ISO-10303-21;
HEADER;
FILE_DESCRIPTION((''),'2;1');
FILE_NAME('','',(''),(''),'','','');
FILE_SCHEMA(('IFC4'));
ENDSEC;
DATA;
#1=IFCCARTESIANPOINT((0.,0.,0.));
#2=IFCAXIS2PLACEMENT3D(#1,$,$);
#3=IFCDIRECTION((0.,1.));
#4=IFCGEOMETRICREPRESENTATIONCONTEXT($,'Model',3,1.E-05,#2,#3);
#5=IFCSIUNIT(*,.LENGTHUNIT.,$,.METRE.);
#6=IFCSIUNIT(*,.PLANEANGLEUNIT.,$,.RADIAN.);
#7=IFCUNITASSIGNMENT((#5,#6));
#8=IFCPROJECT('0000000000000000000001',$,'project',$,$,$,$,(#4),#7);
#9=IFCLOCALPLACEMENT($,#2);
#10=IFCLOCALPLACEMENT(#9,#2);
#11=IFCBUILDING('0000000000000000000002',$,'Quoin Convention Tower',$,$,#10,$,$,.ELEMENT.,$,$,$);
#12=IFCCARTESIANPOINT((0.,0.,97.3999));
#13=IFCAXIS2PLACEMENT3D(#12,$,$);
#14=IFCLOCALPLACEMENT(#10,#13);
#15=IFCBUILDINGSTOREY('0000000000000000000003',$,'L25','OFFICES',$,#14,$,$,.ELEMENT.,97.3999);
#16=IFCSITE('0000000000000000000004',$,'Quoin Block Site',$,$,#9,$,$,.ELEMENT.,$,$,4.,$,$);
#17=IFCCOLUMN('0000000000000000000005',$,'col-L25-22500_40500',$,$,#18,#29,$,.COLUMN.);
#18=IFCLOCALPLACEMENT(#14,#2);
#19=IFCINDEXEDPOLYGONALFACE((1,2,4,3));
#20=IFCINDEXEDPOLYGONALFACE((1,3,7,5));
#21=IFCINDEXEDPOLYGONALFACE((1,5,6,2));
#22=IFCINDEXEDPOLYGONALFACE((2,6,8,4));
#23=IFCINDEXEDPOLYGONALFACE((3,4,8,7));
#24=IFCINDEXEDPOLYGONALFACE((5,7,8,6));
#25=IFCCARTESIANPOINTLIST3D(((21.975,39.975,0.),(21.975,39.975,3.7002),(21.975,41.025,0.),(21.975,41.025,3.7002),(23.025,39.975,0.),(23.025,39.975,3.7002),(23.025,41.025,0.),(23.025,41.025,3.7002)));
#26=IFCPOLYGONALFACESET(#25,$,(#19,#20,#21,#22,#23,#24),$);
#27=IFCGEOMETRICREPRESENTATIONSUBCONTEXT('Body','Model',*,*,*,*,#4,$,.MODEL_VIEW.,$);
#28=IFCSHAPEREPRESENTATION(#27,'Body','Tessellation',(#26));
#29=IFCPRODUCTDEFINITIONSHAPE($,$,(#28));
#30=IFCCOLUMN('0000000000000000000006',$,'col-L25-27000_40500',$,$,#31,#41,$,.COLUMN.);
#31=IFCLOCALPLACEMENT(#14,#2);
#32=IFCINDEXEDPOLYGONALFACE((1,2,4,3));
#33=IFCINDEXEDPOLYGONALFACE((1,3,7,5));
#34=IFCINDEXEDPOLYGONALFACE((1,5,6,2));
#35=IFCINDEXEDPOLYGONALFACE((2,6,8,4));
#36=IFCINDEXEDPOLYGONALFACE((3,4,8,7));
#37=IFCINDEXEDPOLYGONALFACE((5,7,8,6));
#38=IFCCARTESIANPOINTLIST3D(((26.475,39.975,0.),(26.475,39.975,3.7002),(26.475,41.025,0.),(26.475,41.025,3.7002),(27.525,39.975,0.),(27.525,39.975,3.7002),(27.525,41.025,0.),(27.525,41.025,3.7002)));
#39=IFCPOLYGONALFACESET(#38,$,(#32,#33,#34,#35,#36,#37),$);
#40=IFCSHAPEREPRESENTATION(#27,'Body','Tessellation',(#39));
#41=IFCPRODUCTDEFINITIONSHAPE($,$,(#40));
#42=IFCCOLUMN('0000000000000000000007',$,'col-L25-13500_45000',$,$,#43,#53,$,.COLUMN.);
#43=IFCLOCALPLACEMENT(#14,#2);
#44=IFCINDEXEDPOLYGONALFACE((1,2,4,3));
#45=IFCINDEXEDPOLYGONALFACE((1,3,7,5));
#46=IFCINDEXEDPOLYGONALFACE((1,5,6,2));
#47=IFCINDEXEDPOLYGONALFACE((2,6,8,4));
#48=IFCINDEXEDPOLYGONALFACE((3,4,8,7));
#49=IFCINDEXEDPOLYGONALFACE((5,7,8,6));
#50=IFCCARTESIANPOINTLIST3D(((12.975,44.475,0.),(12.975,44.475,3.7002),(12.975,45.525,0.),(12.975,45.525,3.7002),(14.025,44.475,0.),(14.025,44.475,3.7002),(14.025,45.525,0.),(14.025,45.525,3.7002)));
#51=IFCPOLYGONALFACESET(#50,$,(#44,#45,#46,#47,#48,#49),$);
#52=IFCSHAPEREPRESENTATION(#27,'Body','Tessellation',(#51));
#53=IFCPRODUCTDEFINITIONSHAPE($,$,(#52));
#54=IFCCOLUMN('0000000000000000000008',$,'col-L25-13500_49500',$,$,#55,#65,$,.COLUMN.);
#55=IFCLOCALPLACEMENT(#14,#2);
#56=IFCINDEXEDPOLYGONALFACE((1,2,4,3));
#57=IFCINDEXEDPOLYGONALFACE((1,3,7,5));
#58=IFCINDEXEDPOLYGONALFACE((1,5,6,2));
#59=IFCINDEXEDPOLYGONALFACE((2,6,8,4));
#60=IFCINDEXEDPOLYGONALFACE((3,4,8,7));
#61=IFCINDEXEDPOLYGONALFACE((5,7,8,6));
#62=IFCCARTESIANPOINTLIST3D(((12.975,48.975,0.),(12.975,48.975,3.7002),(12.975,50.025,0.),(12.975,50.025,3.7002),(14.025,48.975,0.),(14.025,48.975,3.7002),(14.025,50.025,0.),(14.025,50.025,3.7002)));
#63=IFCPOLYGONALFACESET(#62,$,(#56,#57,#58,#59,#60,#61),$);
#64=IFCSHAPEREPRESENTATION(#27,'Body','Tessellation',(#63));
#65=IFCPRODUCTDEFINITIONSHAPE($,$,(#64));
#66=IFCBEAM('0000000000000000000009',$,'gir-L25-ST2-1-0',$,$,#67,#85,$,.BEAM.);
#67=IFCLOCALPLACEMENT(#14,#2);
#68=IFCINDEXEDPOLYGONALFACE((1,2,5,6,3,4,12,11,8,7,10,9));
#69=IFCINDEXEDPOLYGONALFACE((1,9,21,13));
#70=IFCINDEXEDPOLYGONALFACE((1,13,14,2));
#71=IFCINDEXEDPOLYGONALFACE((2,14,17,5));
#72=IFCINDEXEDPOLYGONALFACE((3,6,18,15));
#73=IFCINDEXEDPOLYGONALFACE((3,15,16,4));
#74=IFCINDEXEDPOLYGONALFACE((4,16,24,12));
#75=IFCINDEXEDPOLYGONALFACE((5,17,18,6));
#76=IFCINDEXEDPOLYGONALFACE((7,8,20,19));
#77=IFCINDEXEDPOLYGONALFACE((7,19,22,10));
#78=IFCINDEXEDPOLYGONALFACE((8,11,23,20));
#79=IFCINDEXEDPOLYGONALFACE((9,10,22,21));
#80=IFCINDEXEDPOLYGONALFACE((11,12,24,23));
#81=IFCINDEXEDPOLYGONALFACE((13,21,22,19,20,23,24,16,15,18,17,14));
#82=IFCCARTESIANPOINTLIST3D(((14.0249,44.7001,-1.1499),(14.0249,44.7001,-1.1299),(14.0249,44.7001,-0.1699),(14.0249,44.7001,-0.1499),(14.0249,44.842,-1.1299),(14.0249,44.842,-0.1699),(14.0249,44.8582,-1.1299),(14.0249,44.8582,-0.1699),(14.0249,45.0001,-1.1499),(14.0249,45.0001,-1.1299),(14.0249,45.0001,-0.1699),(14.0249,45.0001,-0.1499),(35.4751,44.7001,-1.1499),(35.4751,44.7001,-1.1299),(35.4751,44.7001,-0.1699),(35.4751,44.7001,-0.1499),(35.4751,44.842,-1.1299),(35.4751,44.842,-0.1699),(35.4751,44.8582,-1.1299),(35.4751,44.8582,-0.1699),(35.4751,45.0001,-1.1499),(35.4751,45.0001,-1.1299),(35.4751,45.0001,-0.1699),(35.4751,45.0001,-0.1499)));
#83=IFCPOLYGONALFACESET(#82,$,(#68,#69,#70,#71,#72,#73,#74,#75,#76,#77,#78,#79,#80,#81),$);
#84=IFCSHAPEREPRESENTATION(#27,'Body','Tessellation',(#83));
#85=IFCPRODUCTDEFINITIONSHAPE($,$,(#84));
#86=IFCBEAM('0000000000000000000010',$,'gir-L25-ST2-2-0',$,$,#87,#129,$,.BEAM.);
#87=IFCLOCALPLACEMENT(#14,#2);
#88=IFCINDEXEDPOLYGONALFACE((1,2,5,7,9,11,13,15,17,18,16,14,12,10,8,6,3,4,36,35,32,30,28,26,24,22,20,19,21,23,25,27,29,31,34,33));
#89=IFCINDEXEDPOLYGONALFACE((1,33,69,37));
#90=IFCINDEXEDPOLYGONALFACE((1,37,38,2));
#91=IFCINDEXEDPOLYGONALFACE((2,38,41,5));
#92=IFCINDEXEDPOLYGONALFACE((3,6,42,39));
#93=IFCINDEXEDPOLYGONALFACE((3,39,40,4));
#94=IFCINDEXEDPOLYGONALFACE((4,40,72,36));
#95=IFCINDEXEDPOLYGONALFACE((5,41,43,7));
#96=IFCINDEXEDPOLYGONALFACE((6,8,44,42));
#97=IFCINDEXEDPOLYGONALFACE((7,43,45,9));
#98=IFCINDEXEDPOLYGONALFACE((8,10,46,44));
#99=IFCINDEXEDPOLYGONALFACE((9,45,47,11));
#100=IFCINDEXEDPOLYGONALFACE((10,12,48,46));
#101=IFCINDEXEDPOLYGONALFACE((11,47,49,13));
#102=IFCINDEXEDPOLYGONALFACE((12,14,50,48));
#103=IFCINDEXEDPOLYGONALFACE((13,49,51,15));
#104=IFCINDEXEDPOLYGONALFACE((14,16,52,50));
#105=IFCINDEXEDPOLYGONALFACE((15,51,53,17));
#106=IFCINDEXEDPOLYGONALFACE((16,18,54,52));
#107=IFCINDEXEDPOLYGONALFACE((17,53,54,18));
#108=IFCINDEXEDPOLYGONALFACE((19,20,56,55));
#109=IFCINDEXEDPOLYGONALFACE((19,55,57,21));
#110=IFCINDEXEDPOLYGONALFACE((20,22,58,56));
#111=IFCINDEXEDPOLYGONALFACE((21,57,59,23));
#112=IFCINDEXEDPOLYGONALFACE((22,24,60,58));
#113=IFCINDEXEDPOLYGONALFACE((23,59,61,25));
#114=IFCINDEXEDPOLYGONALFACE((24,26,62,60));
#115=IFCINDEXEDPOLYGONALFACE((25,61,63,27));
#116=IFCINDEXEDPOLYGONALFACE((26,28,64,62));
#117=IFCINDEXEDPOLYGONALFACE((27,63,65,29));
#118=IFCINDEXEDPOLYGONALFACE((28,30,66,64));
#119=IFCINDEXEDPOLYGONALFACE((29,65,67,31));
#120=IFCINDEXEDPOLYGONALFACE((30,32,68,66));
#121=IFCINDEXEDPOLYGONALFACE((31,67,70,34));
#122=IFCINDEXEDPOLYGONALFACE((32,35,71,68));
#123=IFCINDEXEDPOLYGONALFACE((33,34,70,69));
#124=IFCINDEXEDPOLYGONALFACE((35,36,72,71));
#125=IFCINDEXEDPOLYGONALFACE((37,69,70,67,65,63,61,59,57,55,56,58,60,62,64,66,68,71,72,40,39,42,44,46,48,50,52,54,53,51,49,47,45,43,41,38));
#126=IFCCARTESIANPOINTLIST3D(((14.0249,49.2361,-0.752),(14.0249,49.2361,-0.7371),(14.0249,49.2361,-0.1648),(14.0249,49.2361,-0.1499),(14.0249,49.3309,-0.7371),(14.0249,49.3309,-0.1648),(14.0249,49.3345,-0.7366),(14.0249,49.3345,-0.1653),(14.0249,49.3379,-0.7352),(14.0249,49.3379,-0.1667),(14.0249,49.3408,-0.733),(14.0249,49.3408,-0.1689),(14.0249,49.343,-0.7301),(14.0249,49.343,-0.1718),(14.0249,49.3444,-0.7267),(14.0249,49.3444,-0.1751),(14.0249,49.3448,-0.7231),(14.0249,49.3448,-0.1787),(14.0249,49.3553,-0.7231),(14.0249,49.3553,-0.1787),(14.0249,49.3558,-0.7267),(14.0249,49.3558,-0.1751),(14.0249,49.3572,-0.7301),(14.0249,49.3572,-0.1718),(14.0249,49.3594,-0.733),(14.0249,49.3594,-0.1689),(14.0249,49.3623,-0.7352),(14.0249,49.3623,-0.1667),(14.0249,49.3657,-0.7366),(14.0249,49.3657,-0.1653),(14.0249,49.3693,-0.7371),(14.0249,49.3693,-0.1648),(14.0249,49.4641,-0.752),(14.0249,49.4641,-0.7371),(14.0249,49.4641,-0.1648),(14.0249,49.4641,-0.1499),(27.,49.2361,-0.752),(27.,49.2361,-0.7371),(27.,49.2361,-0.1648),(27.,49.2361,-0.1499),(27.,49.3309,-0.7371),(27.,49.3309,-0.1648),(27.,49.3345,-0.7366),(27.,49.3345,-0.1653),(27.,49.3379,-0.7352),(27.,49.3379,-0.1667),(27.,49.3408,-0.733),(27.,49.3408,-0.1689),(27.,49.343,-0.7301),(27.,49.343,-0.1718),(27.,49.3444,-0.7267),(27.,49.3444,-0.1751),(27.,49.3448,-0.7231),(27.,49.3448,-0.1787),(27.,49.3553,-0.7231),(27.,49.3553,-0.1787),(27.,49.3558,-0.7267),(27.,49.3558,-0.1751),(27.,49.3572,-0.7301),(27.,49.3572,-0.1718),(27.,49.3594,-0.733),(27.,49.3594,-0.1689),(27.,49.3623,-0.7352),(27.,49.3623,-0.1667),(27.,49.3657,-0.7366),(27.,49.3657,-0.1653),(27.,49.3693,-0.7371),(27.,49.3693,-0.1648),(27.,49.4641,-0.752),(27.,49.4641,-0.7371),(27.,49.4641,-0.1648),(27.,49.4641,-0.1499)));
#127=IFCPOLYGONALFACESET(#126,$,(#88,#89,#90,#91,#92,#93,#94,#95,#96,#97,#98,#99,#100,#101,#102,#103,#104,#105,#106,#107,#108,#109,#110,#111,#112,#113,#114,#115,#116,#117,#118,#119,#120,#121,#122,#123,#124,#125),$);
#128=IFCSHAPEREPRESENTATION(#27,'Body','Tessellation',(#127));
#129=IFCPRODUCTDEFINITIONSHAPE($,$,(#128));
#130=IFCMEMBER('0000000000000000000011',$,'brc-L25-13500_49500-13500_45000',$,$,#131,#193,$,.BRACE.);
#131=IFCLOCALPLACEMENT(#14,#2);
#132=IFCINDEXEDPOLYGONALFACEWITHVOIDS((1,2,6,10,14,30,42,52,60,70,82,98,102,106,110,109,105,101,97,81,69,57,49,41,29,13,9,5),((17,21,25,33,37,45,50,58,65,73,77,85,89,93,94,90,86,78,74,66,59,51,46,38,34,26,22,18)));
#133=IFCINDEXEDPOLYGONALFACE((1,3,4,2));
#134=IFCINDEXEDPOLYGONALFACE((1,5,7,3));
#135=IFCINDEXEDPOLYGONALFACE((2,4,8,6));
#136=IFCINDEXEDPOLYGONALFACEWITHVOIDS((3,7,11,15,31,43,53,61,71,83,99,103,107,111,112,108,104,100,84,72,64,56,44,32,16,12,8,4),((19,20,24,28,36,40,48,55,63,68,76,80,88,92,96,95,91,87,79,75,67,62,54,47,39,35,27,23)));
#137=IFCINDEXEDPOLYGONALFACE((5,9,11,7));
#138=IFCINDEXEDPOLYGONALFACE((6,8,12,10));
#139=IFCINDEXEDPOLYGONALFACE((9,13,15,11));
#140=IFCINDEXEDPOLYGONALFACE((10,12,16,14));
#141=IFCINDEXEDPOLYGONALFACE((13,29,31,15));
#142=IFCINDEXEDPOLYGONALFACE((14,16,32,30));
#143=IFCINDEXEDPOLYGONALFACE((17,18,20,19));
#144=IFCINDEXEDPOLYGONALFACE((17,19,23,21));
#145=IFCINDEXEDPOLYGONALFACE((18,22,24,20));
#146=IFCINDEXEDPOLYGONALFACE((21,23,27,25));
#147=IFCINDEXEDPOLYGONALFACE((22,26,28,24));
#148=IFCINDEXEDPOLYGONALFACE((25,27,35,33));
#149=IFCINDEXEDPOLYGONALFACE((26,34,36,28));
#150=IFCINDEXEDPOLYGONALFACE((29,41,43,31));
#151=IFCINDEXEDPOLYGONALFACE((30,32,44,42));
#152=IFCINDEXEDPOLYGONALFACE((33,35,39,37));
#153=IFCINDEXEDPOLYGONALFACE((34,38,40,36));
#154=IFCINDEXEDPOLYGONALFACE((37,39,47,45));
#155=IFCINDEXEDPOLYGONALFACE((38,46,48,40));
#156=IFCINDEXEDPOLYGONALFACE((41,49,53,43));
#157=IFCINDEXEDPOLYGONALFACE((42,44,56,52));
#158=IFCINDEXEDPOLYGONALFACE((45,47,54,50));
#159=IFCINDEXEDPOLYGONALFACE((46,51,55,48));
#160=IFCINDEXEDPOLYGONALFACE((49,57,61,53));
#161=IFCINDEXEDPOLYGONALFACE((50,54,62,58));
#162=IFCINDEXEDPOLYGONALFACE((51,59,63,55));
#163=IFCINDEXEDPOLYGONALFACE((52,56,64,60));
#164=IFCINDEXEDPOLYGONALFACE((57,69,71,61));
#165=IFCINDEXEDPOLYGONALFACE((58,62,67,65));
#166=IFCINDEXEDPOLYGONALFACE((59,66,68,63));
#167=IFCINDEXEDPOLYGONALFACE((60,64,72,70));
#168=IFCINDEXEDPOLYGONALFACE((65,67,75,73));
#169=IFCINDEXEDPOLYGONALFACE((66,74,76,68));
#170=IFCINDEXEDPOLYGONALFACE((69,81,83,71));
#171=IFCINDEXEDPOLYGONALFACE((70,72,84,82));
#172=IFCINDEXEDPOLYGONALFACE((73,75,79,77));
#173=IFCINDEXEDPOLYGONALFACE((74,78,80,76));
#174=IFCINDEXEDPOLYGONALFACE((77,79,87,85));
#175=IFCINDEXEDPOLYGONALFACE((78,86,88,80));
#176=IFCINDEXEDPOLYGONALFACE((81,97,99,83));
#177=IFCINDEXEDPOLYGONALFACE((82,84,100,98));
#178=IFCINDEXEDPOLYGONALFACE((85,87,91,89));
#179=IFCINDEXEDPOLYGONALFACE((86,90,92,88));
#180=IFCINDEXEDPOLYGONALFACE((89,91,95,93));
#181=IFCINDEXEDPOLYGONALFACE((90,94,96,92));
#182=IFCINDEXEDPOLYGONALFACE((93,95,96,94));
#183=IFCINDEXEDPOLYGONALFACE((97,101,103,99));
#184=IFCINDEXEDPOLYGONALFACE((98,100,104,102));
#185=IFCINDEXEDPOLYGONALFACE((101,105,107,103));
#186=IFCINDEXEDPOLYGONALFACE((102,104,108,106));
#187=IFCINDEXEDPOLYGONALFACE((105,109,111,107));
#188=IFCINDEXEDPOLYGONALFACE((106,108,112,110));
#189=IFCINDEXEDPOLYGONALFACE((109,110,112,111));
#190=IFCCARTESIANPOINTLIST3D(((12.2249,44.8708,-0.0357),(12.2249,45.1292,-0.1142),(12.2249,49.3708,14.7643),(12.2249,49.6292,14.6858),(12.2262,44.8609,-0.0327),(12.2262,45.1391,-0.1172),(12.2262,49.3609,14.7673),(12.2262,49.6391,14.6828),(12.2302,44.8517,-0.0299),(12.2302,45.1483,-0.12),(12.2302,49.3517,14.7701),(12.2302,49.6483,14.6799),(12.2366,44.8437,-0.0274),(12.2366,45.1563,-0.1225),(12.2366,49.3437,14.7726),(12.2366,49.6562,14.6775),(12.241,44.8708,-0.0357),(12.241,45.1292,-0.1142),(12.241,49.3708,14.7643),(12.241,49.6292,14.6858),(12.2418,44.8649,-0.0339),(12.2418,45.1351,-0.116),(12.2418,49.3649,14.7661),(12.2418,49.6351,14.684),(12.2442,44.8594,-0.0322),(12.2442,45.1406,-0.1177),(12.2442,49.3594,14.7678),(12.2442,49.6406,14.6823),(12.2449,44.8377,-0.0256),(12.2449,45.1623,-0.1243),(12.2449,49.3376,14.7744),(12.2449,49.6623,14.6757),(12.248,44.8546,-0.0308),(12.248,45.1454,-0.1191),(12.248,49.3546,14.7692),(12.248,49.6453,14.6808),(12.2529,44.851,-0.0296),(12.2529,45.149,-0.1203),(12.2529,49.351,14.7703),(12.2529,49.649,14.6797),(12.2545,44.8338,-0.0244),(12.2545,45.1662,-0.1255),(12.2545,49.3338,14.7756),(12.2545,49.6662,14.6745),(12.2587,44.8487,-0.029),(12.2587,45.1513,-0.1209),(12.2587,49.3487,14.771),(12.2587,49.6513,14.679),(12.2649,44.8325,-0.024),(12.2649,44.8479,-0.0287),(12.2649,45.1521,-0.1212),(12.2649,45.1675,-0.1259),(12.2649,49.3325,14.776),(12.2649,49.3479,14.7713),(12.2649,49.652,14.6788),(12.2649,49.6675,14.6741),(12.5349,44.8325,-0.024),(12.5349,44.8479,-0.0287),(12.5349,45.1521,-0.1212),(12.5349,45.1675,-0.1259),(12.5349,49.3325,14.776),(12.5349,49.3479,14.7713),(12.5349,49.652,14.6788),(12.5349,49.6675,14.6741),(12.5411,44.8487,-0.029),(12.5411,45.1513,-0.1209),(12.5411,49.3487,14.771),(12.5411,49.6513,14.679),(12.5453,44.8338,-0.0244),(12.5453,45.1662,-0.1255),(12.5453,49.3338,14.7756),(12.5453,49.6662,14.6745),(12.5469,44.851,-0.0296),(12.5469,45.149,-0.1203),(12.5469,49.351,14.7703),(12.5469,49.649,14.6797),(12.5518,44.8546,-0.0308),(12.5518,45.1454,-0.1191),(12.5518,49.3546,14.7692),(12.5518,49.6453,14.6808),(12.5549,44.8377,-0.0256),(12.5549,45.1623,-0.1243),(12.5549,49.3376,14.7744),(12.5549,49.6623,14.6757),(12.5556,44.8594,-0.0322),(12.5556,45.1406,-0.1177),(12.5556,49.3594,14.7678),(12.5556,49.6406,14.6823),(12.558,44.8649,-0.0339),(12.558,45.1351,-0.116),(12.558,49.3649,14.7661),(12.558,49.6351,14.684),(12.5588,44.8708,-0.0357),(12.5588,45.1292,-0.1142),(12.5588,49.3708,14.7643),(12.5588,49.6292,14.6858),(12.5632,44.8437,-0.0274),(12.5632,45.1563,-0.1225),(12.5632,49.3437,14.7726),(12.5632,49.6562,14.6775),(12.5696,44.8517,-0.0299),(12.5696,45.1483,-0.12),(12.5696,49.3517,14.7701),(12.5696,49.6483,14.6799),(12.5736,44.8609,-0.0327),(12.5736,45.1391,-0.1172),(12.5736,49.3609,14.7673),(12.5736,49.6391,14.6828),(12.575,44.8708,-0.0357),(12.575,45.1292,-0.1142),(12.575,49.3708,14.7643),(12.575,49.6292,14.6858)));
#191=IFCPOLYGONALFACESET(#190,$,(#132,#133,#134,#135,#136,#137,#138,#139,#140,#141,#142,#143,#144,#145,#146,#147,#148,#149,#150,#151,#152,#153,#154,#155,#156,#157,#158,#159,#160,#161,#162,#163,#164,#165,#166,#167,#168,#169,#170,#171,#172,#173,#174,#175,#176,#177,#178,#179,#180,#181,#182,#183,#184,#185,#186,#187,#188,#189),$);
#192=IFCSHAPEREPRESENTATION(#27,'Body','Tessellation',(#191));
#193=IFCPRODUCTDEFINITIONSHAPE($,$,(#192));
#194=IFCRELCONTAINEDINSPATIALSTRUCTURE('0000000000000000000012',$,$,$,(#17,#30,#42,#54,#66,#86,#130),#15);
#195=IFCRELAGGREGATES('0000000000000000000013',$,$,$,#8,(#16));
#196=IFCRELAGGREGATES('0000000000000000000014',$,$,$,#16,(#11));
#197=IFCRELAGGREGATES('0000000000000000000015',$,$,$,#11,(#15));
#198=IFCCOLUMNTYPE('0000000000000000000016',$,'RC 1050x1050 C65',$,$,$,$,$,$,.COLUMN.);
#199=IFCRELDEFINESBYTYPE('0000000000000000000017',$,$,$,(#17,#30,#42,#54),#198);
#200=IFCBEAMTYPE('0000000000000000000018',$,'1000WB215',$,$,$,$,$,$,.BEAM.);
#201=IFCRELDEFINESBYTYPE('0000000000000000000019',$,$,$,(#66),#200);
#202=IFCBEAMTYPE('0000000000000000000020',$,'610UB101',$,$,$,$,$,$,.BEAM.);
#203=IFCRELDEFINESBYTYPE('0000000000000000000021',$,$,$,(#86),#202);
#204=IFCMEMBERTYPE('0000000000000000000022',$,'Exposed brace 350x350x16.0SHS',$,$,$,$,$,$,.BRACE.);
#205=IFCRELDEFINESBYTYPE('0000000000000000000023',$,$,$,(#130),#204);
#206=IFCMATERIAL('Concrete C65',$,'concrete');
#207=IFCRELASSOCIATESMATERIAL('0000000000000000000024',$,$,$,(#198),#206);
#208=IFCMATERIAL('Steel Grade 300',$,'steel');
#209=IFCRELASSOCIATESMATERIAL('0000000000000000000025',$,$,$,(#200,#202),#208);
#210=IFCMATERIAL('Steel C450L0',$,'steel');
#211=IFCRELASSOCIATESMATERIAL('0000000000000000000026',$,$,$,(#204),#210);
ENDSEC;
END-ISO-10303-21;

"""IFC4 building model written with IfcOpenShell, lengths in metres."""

from ifc_helpers import new_model, si_unit, direction, frame, origin, origin_2d, place, context, subcontext, project, spatial, rectangle, hollow_rectangle, i_section, extrude, material, material_profile, profile_set, type_object, element, save


model = new_model("IFC4")

# Units and contexts
model_context = context("Model", 3, precision=1e-05, world=origin(), true_north=direction((0.0, 1.0)))
body_context = subcontext(model_context, "Body", "Model", "MODEL_VIEW")
ifc_project = project(units=[si_unit("LENGTHUNIT", "METRE"), si_unit("PLANEANGLEUNIT", "RADIAN")], contexts=[model_context])

# Site, building, storey
site_placement = place(None, origin())
site = spatial("IfcSite", under=ifc_project, at=site_placement, Name="Quoin Block Site", CompositionType="ELEMENT", RefElevation=4.0)
building_placement = place(site_placement, origin())
building = spatial("IfcBuilding", under=site, at=building_placement, Name="Quoin Convention Tower", CompositionType="ELEMENT")
storey_placement = place(building_placement, frame((0.0, 0.0, 97.3999)))
storey = spatial("IfcBuildingStorey", under=building, at=storey_placement, Name="L25", Description="OFFICES", CompositionType="ELEMENT", Elevation=97.3999)

# Columns
ifc_material_1 = material(Name="Concrete C65", Category="concrete")
ifc_material_profile_1 = material_profile(ifc_material_1, rectangle(XDim=1.05, YDim=1.05, at=origin_2d()), Name="RC 1050x1050")
ifc_profile_set_1 = profile_set([ifc_material_profile_1], Name="Concrete C65")
column_type = type_object("IfcColumnType", Name="RC 1050x1050 C65", PredefinedType="COLUMN", material=ifc_profile_set_1)
for number, where, z_axis, x_axis, name in (
    (1, (22.5, 40.5, 0.0), (0.0, 0.0, 1.0), (1.0, 0.0, 0.0), "col-L25-22500_40500"),
    (2, (27.0, 40.5, 0.0), (0.0, 0.0, 1.0), (1.0, 0.0, 0.0), "col-L25-27000_40500"),
    (3, (13.5, 45.0, 0.0), (0.0, 0.0, 1.0), (1.0, 0.0, 0.0), "col-L25-13500_45000"),
    (4, (13.5, 49.5, 0.0), (0.0, 0.0, 1.0), (1.0, 0.0, 0.0), "col-L25-13500_49500"),
):
    element("IfcColumn", number, at=place(storey_placement, frame(where, z_axis=z_axis, x_axis=x_axis)), inside=storey, type_object=column_type, Name=name, PredefinedType="COLUMN", context=body_context, shape_type="SweptSolid", body=[
        extrude(rectangle(XDim=1.05, YDim=1.05, at=origin_2d()), origin(), (0.0, 0.0, 1.0), 3.7002),
    ])

# Beams
ifc_material_2 = material(Name="Steel Grade 300", Category="steel")
ifc_material_profile_2 = material_profile(ifc_material_2, i_section(OverallWidth=0.3, OverallDepth=1.0, WebThickness=0.0161, FlangeThickness=0.02, at=origin_2d()), Name="1000WB215")
ifc_profile_set_2 = profile_set([ifc_material_profile_2], Name="Steel Grade 300")
beam_type_1 = type_object("IfcBeamType", Name="1000WB215", PredefinedType="BEAM", material=ifc_profile_set_2)
beam_1_placement = place(storey_placement, frame((14.0249, 44.8501, -0.6499), z_axis=(1.0, 0.0, 0.0), x_axis=(0.0, 1.0, 0.0)))
element("IfcBeam", 5, at=beam_1_placement, inside=storey, type_object=beam_type_1, Name="gir-L25-ST2-1-0", PredefinedType="BEAM", context=body_context, shape_type="SweptSolid", body=[
    extrude(i_section(OverallWidth=0.3, OverallDepth=1.0, WebThickness=0.0161, FlangeThickness=0.02, at=origin_2d()), origin(), (0.0, 0.0, 1.0), 21.4502),
])
ifc_material_profile_3 = material_profile(ifc_material_2, i_section(OverallWidth=0.228, OverallDepth=0.6021, WebThickness=0.0105, FlangeThickness=0.0149, FilletRadius=0.0139, at=origin_2d()), Name="610UB101")
ifc_profile_set_3 = profile_set([ifc_material_profile_3], Name="Steel Grade 300")
beam_type_2 = type_object("IfcBeamType", Name="610UB101", PredefinedType="BEAM", material=ifc_profile_set_3)
beam_2_placement = place(storey_placement, frame((14.0249, 49.3501, -0.4509), z_axis=(1.0, 0.0, 0.0), x_axis=(0.0, 1.0, 0.0)))
element("IfcBeam", 6, at=beam_2_placement, inside=storey, type_object=beam_type_2, Name="gir-L25-ST2-2-0", PredefinedType="BEAM", context=body_context, shape_type="SweptSolid", body=[
    extrude(i_section(OverallWidth=0.228, OverallDepth=0.6021, WebThickness=0.0105, FlangeThickness=0.0149, FilletRadius=0.0139, at=origin_2d()), origin(), (0.0, 0.0, 1.0), 12.9751),
])

# Member
ifc_material_3 = material(Name="Steel C450L0", Category="steel")
ifc_material_profile_4 = material_profile(ifc_material_3, hollow_rectangle(XDim=0.3501, YDim=0.3501, WallThickness=0.0161, InnerFilletRadius=0.0239, OuterFilletRadius=0.04, at=origin_2d()), Name="350x350x16.0SHS")
ifc_profile_set_4 = profile_set([ifc_material_profile_4], Name="Steel C450L0")
member_type = type_object("IfcMemberType", Name="Exposed brace 350x350x16.0SHS", PredefinedType="BRACE", material=ifc_profile_set_4)
member_placement = place(storey_placement, frame((12.3999, 45.0, -0.075), z_axis=(0.0, 0.290903, 0.956752), x_axis=(-1.0, 0.0, 0.0)))
element("IfcMember", 7, at=member_placement, inside=storey, type_object=member_type, Name="brc-L25-13500_49500-13500_45000", PredefinedType="BRACE", context=body_context, shape_type="SweptSolid", body=[
    extrude(hollow_rectangle(XDim=0.3501, YDim=0.3501, WallThickness=0.0161, InnerFilletRadius=0.0239, OuterFilletRadius=0.04, at=origin_2d()), origin(), (0.0, 0.0, 1.0), 15.469),
])

save(model, "model.ifc")
